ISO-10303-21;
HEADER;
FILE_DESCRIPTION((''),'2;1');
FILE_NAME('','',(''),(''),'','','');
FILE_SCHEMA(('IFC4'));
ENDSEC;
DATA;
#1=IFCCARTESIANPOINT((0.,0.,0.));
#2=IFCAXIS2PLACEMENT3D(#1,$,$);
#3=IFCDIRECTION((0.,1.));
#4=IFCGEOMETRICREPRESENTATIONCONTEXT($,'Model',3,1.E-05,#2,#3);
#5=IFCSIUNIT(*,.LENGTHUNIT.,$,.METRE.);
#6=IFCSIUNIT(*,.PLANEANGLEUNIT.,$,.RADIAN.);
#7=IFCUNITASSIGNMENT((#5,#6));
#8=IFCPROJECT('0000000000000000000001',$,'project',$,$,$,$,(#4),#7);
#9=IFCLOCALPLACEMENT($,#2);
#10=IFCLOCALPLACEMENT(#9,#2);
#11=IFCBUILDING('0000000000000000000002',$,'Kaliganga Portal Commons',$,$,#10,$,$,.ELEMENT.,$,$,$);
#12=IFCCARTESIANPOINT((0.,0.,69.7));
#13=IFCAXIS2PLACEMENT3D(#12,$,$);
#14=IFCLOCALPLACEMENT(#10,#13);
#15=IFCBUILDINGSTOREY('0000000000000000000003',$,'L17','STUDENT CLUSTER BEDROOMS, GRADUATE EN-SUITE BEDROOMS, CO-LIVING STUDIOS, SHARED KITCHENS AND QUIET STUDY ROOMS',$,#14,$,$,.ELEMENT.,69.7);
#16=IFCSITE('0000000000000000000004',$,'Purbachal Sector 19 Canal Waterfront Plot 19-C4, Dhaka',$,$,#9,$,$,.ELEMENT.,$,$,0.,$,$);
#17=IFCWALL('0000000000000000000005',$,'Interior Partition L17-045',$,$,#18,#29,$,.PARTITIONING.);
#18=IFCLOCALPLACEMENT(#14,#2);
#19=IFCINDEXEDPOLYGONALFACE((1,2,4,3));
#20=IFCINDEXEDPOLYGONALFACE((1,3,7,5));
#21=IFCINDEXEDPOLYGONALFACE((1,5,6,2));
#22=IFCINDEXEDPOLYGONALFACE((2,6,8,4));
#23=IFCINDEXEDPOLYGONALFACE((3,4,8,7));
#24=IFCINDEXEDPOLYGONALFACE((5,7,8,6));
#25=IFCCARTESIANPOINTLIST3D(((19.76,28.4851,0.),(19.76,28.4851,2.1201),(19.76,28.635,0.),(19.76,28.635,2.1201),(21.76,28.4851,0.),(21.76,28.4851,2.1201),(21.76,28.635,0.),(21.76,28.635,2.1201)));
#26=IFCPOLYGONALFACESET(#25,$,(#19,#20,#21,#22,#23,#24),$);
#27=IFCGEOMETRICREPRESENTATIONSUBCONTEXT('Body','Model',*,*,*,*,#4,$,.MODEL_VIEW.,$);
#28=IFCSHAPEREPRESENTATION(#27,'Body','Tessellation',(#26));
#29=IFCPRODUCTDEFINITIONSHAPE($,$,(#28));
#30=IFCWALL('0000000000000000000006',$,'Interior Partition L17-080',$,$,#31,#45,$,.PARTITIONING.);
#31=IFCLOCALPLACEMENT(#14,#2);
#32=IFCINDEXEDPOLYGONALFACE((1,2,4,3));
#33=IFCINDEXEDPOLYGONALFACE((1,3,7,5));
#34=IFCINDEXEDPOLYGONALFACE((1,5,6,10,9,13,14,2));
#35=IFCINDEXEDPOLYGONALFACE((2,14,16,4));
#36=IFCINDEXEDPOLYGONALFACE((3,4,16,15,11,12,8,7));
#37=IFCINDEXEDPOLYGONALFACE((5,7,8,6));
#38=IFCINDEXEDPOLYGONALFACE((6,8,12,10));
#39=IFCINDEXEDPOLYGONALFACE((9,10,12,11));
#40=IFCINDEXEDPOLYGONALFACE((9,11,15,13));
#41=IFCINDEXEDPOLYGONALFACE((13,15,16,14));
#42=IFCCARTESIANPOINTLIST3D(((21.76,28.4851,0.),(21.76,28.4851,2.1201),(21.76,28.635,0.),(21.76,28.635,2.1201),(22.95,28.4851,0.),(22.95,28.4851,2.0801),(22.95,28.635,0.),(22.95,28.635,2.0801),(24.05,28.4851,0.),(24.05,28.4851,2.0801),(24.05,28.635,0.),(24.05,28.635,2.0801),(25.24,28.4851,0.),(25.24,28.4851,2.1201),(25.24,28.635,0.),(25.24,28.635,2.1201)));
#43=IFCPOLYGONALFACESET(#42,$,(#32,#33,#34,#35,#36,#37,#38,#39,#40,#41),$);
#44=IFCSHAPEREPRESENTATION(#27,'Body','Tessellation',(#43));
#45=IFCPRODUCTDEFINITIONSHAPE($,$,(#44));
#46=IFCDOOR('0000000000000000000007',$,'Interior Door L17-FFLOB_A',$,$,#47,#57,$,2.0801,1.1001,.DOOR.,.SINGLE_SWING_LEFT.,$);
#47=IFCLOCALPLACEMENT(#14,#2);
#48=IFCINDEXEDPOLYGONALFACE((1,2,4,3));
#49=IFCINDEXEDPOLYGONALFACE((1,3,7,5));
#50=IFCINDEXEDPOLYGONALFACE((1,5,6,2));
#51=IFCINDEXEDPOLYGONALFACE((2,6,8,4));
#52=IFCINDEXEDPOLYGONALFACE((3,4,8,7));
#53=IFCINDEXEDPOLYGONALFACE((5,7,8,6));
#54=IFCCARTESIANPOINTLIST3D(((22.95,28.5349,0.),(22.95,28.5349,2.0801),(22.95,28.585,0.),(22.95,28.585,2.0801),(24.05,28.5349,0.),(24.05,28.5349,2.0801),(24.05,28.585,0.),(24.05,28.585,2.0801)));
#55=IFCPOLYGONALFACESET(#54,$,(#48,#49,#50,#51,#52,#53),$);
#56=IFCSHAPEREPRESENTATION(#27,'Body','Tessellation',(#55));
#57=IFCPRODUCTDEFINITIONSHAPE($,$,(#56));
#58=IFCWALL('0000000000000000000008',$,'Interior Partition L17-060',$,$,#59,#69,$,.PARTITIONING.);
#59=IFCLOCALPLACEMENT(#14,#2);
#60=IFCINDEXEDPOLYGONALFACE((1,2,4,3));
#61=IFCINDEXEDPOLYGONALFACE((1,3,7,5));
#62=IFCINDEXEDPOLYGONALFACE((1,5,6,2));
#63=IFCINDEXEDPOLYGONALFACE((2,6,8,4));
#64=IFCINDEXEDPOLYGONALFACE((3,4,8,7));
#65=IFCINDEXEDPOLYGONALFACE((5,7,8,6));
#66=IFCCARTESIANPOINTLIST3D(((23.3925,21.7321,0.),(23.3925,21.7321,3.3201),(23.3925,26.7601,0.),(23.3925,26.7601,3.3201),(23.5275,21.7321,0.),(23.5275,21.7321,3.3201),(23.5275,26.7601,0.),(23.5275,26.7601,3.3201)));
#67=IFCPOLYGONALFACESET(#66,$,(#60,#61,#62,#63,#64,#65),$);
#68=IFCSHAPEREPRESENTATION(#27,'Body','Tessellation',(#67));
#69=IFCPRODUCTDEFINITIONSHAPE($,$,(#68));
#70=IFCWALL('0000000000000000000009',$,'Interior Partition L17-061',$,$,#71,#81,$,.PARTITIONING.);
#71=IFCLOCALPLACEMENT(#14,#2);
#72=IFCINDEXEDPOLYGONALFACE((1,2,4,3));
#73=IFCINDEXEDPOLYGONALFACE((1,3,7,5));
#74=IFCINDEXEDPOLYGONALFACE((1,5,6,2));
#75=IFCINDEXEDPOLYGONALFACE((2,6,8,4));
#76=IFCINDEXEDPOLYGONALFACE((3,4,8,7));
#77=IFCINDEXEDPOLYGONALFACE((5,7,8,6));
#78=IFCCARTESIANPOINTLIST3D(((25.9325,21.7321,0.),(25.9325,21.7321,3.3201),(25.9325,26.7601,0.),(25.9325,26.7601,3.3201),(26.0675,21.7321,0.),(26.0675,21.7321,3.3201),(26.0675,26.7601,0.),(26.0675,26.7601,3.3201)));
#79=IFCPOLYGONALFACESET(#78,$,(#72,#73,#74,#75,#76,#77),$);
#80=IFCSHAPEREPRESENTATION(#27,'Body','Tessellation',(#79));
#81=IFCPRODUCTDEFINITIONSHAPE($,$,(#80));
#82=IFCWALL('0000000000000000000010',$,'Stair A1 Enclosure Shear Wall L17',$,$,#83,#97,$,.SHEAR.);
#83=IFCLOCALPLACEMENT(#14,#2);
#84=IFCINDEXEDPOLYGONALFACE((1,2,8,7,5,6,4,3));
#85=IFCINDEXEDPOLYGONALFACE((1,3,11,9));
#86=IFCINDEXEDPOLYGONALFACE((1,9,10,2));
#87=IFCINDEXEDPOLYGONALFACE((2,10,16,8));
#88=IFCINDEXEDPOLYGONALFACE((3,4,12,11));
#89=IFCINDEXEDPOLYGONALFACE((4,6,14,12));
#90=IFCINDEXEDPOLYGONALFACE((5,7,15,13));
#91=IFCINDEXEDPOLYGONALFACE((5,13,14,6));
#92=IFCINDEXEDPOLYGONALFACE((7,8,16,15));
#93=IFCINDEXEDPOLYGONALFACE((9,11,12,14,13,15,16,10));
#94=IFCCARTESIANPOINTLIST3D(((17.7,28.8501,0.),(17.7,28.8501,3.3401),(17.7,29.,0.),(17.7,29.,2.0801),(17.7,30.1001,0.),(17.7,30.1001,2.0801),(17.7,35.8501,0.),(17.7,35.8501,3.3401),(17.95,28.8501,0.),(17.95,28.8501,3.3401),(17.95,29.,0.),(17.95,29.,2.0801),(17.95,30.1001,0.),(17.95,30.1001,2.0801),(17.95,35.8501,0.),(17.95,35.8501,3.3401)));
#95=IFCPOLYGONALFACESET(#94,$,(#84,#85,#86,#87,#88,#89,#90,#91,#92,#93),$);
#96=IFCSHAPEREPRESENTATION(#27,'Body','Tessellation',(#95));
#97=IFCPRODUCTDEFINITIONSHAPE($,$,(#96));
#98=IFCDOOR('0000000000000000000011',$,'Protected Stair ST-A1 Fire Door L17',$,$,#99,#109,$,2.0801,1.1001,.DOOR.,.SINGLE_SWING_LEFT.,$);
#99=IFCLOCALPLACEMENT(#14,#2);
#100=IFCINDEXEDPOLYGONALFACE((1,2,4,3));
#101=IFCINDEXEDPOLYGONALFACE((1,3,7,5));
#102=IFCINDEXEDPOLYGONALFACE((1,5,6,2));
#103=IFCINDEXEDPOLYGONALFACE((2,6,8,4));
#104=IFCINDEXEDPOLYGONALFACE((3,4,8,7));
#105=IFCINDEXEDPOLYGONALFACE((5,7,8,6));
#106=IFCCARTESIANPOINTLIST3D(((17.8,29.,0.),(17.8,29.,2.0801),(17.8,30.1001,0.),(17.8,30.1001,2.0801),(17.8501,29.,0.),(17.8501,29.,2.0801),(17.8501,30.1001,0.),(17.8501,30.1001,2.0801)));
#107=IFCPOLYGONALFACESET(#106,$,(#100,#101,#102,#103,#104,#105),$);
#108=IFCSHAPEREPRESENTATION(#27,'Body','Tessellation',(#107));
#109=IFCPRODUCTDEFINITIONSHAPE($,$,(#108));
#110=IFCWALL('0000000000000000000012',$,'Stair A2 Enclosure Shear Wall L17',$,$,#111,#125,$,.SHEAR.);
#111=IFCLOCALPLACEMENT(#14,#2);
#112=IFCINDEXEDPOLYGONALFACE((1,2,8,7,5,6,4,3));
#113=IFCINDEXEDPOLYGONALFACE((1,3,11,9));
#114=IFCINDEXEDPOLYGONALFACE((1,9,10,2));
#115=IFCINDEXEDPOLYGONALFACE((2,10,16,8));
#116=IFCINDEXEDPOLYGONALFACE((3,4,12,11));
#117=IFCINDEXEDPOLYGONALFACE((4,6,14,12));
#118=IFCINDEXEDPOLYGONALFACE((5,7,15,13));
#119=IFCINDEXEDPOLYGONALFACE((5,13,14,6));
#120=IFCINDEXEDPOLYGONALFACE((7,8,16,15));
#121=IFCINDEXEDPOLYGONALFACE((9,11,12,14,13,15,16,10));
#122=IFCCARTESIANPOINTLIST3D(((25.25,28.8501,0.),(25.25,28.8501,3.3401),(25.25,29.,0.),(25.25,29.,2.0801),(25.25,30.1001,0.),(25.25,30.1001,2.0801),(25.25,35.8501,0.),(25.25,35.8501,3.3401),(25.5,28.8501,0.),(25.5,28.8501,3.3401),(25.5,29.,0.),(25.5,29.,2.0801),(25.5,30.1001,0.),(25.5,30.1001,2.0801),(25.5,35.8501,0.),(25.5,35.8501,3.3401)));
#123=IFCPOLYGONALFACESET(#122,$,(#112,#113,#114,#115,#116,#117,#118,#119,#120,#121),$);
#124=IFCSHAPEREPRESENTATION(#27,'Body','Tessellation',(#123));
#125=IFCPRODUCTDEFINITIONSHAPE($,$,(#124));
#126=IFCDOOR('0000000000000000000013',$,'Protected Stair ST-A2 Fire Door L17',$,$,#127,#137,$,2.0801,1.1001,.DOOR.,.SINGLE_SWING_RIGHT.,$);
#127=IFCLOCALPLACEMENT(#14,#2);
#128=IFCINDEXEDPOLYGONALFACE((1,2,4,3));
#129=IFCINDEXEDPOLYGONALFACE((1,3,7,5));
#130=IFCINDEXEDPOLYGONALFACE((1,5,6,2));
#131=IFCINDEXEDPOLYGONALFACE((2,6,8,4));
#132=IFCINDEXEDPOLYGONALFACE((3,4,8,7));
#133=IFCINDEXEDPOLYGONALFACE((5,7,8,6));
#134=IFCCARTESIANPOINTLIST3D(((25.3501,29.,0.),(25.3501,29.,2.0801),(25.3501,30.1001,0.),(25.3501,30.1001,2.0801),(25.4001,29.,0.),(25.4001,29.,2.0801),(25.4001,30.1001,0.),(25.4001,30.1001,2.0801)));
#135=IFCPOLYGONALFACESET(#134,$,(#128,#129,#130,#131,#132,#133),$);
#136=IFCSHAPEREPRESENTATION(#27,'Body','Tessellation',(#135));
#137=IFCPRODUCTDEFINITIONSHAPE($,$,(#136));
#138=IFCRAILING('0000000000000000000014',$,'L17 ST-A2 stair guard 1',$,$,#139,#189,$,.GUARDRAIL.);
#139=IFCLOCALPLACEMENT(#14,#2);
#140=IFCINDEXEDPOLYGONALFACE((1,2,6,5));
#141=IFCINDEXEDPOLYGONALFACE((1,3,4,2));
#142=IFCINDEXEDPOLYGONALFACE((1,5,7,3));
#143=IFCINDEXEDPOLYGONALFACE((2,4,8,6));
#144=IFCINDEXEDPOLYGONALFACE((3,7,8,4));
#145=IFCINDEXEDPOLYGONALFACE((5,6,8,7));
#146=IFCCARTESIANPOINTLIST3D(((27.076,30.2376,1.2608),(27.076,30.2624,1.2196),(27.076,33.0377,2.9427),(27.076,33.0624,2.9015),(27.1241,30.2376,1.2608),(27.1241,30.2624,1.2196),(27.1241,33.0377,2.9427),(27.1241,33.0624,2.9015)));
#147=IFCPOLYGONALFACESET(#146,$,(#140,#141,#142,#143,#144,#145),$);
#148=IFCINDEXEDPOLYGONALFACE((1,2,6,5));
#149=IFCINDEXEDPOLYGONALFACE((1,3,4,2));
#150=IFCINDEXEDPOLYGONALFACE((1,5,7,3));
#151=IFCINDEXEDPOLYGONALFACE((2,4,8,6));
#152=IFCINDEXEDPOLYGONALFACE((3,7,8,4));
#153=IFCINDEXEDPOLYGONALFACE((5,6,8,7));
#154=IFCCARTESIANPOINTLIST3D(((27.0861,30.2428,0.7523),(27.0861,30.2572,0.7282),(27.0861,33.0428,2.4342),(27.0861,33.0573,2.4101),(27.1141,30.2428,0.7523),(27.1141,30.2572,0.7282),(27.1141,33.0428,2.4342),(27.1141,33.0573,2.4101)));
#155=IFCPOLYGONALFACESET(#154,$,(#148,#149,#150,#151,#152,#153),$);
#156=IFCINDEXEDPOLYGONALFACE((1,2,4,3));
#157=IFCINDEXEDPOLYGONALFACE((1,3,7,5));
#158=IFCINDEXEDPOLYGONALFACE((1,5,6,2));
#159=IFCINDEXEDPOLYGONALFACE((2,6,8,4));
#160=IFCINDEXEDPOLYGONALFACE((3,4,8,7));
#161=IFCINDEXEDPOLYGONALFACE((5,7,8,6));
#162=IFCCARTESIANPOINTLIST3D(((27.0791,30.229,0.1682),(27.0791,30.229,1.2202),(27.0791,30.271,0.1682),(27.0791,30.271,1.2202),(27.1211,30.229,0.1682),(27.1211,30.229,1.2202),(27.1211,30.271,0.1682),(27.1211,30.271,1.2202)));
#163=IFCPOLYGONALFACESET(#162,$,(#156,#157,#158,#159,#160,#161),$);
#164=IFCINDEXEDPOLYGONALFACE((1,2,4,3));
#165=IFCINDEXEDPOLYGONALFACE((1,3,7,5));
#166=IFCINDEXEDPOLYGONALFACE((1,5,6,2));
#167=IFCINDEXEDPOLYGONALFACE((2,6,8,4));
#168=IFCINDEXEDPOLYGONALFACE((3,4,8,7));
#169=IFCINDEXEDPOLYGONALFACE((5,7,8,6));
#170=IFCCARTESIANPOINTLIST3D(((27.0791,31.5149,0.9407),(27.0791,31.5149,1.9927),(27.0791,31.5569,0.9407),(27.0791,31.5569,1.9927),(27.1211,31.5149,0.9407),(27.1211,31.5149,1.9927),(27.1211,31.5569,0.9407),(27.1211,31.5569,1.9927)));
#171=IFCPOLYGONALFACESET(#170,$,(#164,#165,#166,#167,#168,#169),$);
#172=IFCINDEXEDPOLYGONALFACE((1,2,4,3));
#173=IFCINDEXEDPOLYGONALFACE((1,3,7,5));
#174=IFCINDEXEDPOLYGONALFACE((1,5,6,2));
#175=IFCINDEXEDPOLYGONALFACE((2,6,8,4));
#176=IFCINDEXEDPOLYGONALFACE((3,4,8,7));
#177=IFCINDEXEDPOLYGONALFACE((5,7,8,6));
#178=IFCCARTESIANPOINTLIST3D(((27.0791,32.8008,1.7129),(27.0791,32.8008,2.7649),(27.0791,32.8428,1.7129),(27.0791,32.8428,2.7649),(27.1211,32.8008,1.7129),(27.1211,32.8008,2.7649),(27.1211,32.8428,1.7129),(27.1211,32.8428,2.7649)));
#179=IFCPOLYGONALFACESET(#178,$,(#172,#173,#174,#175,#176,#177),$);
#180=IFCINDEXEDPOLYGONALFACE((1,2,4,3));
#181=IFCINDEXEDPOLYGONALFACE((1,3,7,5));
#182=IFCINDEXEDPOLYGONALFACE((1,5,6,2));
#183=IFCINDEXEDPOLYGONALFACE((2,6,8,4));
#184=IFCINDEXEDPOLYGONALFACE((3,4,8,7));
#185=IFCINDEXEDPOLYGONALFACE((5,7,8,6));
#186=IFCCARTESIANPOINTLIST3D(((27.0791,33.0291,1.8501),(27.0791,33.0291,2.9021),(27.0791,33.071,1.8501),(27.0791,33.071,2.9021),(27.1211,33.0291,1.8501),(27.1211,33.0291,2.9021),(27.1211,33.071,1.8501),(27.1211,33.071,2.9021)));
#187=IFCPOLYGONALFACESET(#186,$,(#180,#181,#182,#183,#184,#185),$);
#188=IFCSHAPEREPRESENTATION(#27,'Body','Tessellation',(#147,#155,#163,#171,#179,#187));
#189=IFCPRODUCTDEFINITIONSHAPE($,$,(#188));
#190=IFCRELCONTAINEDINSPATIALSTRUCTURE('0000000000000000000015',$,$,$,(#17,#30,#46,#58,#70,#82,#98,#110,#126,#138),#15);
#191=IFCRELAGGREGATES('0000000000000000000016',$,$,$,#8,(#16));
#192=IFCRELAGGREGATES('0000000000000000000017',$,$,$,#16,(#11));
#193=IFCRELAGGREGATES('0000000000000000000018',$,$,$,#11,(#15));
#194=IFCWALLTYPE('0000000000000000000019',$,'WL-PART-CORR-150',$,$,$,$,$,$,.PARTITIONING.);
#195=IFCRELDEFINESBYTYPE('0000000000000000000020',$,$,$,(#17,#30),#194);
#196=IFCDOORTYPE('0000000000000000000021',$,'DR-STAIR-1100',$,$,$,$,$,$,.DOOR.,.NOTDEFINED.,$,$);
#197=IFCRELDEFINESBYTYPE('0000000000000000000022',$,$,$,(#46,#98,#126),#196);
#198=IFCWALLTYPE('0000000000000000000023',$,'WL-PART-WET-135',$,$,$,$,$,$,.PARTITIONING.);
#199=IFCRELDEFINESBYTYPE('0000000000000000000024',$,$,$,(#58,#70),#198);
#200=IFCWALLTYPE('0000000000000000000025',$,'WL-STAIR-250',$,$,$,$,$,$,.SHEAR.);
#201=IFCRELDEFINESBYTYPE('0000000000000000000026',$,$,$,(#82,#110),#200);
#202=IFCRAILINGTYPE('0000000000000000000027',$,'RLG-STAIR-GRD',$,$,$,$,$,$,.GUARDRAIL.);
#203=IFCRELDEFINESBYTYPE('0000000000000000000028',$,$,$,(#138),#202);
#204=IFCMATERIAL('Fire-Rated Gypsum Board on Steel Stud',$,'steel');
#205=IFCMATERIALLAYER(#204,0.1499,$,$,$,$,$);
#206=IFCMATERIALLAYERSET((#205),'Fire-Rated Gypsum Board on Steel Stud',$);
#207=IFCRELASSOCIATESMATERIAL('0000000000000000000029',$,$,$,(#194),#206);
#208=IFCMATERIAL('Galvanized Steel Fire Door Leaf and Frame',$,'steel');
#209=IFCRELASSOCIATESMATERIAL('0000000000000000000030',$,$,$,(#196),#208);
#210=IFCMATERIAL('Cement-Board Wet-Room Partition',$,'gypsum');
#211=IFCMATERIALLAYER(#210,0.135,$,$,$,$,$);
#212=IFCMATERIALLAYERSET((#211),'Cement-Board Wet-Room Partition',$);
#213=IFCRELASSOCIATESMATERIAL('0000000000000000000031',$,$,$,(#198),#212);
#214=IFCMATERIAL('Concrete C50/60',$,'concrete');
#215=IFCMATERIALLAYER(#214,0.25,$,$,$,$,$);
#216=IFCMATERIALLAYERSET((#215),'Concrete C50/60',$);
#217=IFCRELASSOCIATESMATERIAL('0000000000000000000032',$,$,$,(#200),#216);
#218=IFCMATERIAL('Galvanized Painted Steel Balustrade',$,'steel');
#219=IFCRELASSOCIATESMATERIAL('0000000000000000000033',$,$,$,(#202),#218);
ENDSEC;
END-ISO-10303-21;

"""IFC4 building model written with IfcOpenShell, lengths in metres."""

from ifc_helpers import new_model, si_unit, direction, frame, frame_2d, origin, origin_2d, place, context, subcontext, project, spatial, rectangle, extrude, material, layer, layer_set, type_object, element, fill, save


model = new_model("IFC4")

# Units and contexts
model_context = context("Model", 3, precision=1e-05, world=origin(), true_north=direction((0.0, 1.0)))
body_context = subcontext(model_context, "Body", "Model", "MODEL_VIEW")
ifc_project = project(units=[si_unit("LENGTHUNIT", "METRE"), si_unit("PLANEANGLEUNIT", "RADIAN")], contexts=[model_context])

# Site, building, storey
site_placement = place(None, origin())
site = spatial("IfcSite", under=ifc_project, at=site_placement, Name="Purbachal Sector 19 Canal Waterfront Plot 19-C4, Dhaka", CompositionType="ELEMENT", RefElevation=0.0)
building_placement = place(site_placement, origin())
building = spatial("IfcBuilding", under=site, at=building_placement, Name="Kaliganga Portal Commons", CompositionType="ELEMENT")
storey_placement = place(building_placement, frame((0.0, 0.0, 69.7)))
storey = spatial("IfcBuildingStorey", under=building, at=storey_placement, Name="L17", Description="STUDENT CLUSTER BEDROOMS, GRADUATE EN-SUITE BEDROOMS, CO-LIVING STUDIOS, SHARED KITCHENS AND QUIET STUDY ROOMS", CompositionType="ELEMENT", Elevation=69.7)

# Shared definitions
ifc_material_1 = material(Name="Fire-Rated Gypsum Board on Steel Stud", Category="steel")
ifc_layer_1 = layer(ifc_material_1, 0.1499)
ifc_layer_set_1 = layer_set([ifc_layer_1], Name="Fire-Rated Gypsum Board on Steel Stud")
wall_type_1 = type_object("IfcWallType", Name="WL-PART-CORR-150", PredefinedType="PARTITIONING", material=ifc_layer_set_1)

# Wall
wall_1_placement = place(storey_placement, frame((19.76, 28.5601, 0.0), z_axis=(0.0, 0.0, 1.0), x_axis=(1.0, 0.0, 0.0)))
element("IfcWall", 1, at=wall_1_placement, inside=storey, type_object=wall_type_1, Name="Interior Partition L17-045", PredefinedType="PARTITIONING", context=body_context, shape_type="SweptSolid", body=[
    extrude(rectangle(XDim=2.0, YDim=0.1499, at=frame_2d((1.0, 0.0))), origin(), (0.0, 0.0, 1.0), 2.1201),
])

# Wall, opening, door
wall_2_placement = place(storey_placement, frame((21.76, 28.5601, 0.0), z_axis=(0.0, 0.0, 1.0), x_axis=(1.0, 0.0, 0.0)))
wall_2 = element("IfcWall", 2, at=wall_2_placement, inside=storey, type_object=wall_type_1, Name="Interior Partition L17-080", PredefinedType="PARTITIONING", context=body_context, shape_type="SweptSolid", body=[
    extrude(rectangle(XDim=3.48, YDim=0.1499, at=frame_2d((1.74, 0.0))), origin(), (0.0, 0.0, 1.0), 2.1201),
])
opening_1_placement = place(wall_2_placement, frame((1.1899, 0.0, 0.0)))
opening_1 = element("IfcOpeningElement", 3, at=opening_1_placement, cuts=wall_2, PredefinedType="OPENING", context=body_context, shape_type="SweptSolid", body=[
    extrude(rectangle(XDim=1.1001, YDim=2.0801, at=frame_2d((0.55, 1.04))), frame((0.0, 0.085, 0.0), z_axis=(0.0, -1.0, 0.0), x_axis=(1.0, 0.0, 0.0)), (0.0, 0.0, 1.0), 0.1699),
])
ifc_material_2 = material(Name="Galvanized Steel Fire Door Leaf and Frame", Category="steel")
door_type_1 = type_object("IfcDoorType", Name="DR-STAIR-1100", OperationType="NOTDEFINED", PredefinedType="DOOR", material=ifc_material_2)
door_1_placement = place(opening_1_placement, origin())
door_1 = element("IfcDoor", 4, at=door_1_placement, inside=storey, type_object=door_type_1, Name="Interior Door L17-FFLOB_A", OperationType="SINGLE_SWING_LEFT", OverallHeight=2.0801, OverallWidth=1.1001, PredefinedType="DOOR", context=body_context, shape_type="SweptSolid", body=[
    extrude(rectangle(XDim=1.1001, YDim=2.0801, at=frame_2d((0.55, 1.04))), frame((0.0, 0.0249, 0.0), z_axis=(0.0, -1.0, 0.0), x_axis=(1.0, 0.0, 0.0)), (0.0, 0.0, 1.0), 0.05),
])
fill(opening_1, door_1)

# Walls
ifc_material_3 = material(Name="Cement-Board Wet-Room Partition", Category="gypsum")
ifc_layer_2 = layer(ifc_material_3, 0.135)
ifc_layer_set_2 = layer_set([ifc_layer_2], Name="Cement-Board Wet-Room Partition")
wall_type_2 = type_object("IfcWallType", Name="WL-PART-WET-135", PredefinedType="PARTITIONING", material=ifc_layer_set_2)
for number, where, z_axis, x_axis, name in (
    (5, (23.46, 21.7319, 0.0), (0.0, 0.0, 1.0), (0.0, 1.0, 0.0), "Interior Partition L17-060"),
    (6, (26.0, 21.7319, 0.0), (0.0, 0.0, 1.0), (0.0, 1.0, 0.0), "Interior Partition L17-061"),
):
    element("IfcWall", number, at=place(storey_placement, frame(where, z_axis=z_axis, x_axis=x_axis)), inside=storey, type_object=wall_type_2, Name=name, PredefinedType="PARTITIONING", context=body_context, shape_type="SweptSolid", body=[
        extrude(rectangle(XDim=5.0281, YDim=0.135, at=frame_2d((2.5142, 0.0))), origin(), (0.0, 0.0, 1.0), 3.3201),
    ])

# Walls, openings, doors
ifc_material_4 = material(Name="Concrete C50/60", Category="concrete")
ifc_layer_3 = layer(ifc_material_4, 0.25)
ifc_layer_set_3 = layer_set([ifc_layer_3], Name="Concrete C50/60")
wall_type_3 = type_object("IfcWallType", Name="WL-STAIR-250", PredefinedType="SHEAR", material=ifc_layer_set_3)
wall_3_placement = place(storey_placement, frame((17.825, 28.8501, 0.0), z_axis=(0.0, 0.0, 1.0), x_axis=(0.0, 1.0, 0.0)))
wall_3 = element("IfcWall", 7, at=wall_3_placement, inside=storey, type_object=wall_type_3, Name="Stair A1 Enclosure Shear Wall L17", PredefinedType="SHEAR", context=body_context, shape_type="SweptSolid", body=[
    extrude(rectangle(XDim=7.0, YDim=0.25, at=frame_2d((3.5, 0.0))), origin(), (0.0, 0.0, 1.0), 3.3401),
])
opening_2_placement = place(wall_3_placement, frame((0.1499, 0.0, 0.0)))
opening_2 = element("IfcOpeningElement", 8, at=opening_2_placement, cuts=wall_3, PredefinedType="OPENING", context=body_context, shape_type="SweptSolid", body=[
    extrude(rectangle(XDim=1.1001, YDim=2.0801, at=frame_2d((0.55, 1.04))), frame((0.0, 0.135, 0.0), z_axis=(0.0, -1.0, 0.0), x_axis=(1.0, 0.0, 0.0)), (0.0, 0.0, 1.0), 0.27),
])
door_2_placement = place(opening_2_placement, origin())
door_2 = element("IfcDoor", 9, at=door_2_placement, inside=storey, type_object=door_type_1, Name="Protected Stair ST-A1 Fire Door L17", OperationType="SINGLE_SWING_LEFT", OverallHeight=2.0801, OverallWidth=1.1001, PredefinedType="DOOR", context=body_context, shape_type="SweptSolid", body=[
    extrude(rectangle(XDim=1.1001, YDim=2.0801, at=frame_2d((0.55, 1.04))), frame((0.0, 0.0249, 0.0), z_axis=(0.0, -1.0, 0.0), x_axis=(1.0, 0.0, 0.0)), (0.0, 0.0, 1.0), 0.05),
])
fill(opening_2, door_2)
wall_4_placement = place(storey_placement, frame((25.375, 28.8501, 0.0), z_axis=(0.0, 0.0, 1.0), x_axis=(0.0, 1.0, 0.0)))
wall_4 = element("IfcWall", 10, at=wall_4_placement, inside=storey, type_object=wall_type_3, Name="Stair A2 Enclosure Shear Wall L17", PredefinedType="SHEAR", context=body_context, shape_type="SweptSolid", body=[
    extrude(rectangle(XDim=7.0, YDim=0.25, at=frame_2d((3.5, 0.0))), origin(), (0.0, 0.0, 1.0), 3.3401),
])
opening_3_placement = place(wall_4_placement, frame((0.1499, 0.0, 0.0)))
opening_3 = element("IfcOpeningElement", 11, at=opening_3_placement, cuts=wall_4, PredefinedType="OPENING", context=body_context, shape_type="SweptSolid", body=[
    extrude(rectangle(XDim=1.1001, YDim=2.0801, at=frame_2d((0.55, 1.04))), frame((0.0, 0.135, 0.0), z_axis=(0.0, -1.0, 0.0), x_axis=(1.0, 0.0, 0.0)), (0.0, 0.0, 1.0), 0.27),
])
door_3_placement = place(opening_3_placement, origin())
door_3 = element("IfcDoor", 12, at=door_3_placement, inside=storey, type_object=door_type_1, Name="Protected Stair ST-A2 Fire Door L17", OperationType="SINGLE_SWING_RIGHT", OverallHeight=2.0801, OverallWidth=1.1001, PredefinedType="DOOR", context=body_context, shape_type="SweptSolid", body=[
    extrude(rectangle(XDim=1.1001, YDim=2.0801, at=frame_2d((0.55, 1.04))), frame((0.0, 0.0249, 0.0), z_axis=(0.0, -1.0, 0.0), x_axis=(1.0, 0.0, 0.0)), (0.0, 0.0, 1.0), 0.05),
])
fill(opening_3, door_3)

# Railing
ifc_material_5 = material(Name="Galvanized Painted Steel Balustrade", Category="steel")
railing_type_1 = type_object("IfcRailingType", Name="RLG-STAIR-GRD", PredefinedType="GUARDRAIL", material=ifc_material_5)
railing_1_placement = place(storey_placement, frame((27.1001, 30.25, 0.1682)))
element("IfcRailing", 13, at=railing_1_placement, inside=storey, type_object=railing_type_1, Name="L17 ST-A2 stair guard 1", PredefinedType="GUARDRAIL", context=body_context, shape_type="SweptSolid", body=[
    extrude(rectangle(XDim=0.0481, YDim=0.0481, at=origin_2d()), frame((0.0, 0.0, 1.072), z_axis=(0.0, 0.857242, 0.514913), x_axis=(-1.0, 0.0, 0.0)), (0.0, 0.0, 1.0), 3.2664),
    extrude(rectangle(XDim=0.0281, YDim=0.0281, at=origin_2d()), frame((0.0, 0.0, 0.572), z_axis=(0.0, 0.857242, 0.514913), x_axis=(-1.0, 0.0, 0.0)), (0.0, 0.0, 1.0), 3.2664),
    extrude(rectangle(XDim=0.042, YDim=0.042, at=origin_2d()), origin(), (0.0, 0.0, 1.0), 1.052),
    extrude(rectangle(XDim=0.042, YDim=0.042, at=origin_2d()), frame((0.0, 1.2859, 0.7725)), (0.0, 0.0, 1.0), 1.052),
    extrude(rectangle(XDim=0.042, YDim=0.042, at=origin_2d()), frame((0.0, 2.5718, 1.5447)), (0.0, 0.0, 1.0), 1.052),
    extrude(rectangle(XDim=0.042, YDim=0.042, at=origin_2d()), frame((0.0, 2.8, 1.6819)), (0.0, 0.0, 1.0), 1.052),
])

save(model, "model.ifc")
